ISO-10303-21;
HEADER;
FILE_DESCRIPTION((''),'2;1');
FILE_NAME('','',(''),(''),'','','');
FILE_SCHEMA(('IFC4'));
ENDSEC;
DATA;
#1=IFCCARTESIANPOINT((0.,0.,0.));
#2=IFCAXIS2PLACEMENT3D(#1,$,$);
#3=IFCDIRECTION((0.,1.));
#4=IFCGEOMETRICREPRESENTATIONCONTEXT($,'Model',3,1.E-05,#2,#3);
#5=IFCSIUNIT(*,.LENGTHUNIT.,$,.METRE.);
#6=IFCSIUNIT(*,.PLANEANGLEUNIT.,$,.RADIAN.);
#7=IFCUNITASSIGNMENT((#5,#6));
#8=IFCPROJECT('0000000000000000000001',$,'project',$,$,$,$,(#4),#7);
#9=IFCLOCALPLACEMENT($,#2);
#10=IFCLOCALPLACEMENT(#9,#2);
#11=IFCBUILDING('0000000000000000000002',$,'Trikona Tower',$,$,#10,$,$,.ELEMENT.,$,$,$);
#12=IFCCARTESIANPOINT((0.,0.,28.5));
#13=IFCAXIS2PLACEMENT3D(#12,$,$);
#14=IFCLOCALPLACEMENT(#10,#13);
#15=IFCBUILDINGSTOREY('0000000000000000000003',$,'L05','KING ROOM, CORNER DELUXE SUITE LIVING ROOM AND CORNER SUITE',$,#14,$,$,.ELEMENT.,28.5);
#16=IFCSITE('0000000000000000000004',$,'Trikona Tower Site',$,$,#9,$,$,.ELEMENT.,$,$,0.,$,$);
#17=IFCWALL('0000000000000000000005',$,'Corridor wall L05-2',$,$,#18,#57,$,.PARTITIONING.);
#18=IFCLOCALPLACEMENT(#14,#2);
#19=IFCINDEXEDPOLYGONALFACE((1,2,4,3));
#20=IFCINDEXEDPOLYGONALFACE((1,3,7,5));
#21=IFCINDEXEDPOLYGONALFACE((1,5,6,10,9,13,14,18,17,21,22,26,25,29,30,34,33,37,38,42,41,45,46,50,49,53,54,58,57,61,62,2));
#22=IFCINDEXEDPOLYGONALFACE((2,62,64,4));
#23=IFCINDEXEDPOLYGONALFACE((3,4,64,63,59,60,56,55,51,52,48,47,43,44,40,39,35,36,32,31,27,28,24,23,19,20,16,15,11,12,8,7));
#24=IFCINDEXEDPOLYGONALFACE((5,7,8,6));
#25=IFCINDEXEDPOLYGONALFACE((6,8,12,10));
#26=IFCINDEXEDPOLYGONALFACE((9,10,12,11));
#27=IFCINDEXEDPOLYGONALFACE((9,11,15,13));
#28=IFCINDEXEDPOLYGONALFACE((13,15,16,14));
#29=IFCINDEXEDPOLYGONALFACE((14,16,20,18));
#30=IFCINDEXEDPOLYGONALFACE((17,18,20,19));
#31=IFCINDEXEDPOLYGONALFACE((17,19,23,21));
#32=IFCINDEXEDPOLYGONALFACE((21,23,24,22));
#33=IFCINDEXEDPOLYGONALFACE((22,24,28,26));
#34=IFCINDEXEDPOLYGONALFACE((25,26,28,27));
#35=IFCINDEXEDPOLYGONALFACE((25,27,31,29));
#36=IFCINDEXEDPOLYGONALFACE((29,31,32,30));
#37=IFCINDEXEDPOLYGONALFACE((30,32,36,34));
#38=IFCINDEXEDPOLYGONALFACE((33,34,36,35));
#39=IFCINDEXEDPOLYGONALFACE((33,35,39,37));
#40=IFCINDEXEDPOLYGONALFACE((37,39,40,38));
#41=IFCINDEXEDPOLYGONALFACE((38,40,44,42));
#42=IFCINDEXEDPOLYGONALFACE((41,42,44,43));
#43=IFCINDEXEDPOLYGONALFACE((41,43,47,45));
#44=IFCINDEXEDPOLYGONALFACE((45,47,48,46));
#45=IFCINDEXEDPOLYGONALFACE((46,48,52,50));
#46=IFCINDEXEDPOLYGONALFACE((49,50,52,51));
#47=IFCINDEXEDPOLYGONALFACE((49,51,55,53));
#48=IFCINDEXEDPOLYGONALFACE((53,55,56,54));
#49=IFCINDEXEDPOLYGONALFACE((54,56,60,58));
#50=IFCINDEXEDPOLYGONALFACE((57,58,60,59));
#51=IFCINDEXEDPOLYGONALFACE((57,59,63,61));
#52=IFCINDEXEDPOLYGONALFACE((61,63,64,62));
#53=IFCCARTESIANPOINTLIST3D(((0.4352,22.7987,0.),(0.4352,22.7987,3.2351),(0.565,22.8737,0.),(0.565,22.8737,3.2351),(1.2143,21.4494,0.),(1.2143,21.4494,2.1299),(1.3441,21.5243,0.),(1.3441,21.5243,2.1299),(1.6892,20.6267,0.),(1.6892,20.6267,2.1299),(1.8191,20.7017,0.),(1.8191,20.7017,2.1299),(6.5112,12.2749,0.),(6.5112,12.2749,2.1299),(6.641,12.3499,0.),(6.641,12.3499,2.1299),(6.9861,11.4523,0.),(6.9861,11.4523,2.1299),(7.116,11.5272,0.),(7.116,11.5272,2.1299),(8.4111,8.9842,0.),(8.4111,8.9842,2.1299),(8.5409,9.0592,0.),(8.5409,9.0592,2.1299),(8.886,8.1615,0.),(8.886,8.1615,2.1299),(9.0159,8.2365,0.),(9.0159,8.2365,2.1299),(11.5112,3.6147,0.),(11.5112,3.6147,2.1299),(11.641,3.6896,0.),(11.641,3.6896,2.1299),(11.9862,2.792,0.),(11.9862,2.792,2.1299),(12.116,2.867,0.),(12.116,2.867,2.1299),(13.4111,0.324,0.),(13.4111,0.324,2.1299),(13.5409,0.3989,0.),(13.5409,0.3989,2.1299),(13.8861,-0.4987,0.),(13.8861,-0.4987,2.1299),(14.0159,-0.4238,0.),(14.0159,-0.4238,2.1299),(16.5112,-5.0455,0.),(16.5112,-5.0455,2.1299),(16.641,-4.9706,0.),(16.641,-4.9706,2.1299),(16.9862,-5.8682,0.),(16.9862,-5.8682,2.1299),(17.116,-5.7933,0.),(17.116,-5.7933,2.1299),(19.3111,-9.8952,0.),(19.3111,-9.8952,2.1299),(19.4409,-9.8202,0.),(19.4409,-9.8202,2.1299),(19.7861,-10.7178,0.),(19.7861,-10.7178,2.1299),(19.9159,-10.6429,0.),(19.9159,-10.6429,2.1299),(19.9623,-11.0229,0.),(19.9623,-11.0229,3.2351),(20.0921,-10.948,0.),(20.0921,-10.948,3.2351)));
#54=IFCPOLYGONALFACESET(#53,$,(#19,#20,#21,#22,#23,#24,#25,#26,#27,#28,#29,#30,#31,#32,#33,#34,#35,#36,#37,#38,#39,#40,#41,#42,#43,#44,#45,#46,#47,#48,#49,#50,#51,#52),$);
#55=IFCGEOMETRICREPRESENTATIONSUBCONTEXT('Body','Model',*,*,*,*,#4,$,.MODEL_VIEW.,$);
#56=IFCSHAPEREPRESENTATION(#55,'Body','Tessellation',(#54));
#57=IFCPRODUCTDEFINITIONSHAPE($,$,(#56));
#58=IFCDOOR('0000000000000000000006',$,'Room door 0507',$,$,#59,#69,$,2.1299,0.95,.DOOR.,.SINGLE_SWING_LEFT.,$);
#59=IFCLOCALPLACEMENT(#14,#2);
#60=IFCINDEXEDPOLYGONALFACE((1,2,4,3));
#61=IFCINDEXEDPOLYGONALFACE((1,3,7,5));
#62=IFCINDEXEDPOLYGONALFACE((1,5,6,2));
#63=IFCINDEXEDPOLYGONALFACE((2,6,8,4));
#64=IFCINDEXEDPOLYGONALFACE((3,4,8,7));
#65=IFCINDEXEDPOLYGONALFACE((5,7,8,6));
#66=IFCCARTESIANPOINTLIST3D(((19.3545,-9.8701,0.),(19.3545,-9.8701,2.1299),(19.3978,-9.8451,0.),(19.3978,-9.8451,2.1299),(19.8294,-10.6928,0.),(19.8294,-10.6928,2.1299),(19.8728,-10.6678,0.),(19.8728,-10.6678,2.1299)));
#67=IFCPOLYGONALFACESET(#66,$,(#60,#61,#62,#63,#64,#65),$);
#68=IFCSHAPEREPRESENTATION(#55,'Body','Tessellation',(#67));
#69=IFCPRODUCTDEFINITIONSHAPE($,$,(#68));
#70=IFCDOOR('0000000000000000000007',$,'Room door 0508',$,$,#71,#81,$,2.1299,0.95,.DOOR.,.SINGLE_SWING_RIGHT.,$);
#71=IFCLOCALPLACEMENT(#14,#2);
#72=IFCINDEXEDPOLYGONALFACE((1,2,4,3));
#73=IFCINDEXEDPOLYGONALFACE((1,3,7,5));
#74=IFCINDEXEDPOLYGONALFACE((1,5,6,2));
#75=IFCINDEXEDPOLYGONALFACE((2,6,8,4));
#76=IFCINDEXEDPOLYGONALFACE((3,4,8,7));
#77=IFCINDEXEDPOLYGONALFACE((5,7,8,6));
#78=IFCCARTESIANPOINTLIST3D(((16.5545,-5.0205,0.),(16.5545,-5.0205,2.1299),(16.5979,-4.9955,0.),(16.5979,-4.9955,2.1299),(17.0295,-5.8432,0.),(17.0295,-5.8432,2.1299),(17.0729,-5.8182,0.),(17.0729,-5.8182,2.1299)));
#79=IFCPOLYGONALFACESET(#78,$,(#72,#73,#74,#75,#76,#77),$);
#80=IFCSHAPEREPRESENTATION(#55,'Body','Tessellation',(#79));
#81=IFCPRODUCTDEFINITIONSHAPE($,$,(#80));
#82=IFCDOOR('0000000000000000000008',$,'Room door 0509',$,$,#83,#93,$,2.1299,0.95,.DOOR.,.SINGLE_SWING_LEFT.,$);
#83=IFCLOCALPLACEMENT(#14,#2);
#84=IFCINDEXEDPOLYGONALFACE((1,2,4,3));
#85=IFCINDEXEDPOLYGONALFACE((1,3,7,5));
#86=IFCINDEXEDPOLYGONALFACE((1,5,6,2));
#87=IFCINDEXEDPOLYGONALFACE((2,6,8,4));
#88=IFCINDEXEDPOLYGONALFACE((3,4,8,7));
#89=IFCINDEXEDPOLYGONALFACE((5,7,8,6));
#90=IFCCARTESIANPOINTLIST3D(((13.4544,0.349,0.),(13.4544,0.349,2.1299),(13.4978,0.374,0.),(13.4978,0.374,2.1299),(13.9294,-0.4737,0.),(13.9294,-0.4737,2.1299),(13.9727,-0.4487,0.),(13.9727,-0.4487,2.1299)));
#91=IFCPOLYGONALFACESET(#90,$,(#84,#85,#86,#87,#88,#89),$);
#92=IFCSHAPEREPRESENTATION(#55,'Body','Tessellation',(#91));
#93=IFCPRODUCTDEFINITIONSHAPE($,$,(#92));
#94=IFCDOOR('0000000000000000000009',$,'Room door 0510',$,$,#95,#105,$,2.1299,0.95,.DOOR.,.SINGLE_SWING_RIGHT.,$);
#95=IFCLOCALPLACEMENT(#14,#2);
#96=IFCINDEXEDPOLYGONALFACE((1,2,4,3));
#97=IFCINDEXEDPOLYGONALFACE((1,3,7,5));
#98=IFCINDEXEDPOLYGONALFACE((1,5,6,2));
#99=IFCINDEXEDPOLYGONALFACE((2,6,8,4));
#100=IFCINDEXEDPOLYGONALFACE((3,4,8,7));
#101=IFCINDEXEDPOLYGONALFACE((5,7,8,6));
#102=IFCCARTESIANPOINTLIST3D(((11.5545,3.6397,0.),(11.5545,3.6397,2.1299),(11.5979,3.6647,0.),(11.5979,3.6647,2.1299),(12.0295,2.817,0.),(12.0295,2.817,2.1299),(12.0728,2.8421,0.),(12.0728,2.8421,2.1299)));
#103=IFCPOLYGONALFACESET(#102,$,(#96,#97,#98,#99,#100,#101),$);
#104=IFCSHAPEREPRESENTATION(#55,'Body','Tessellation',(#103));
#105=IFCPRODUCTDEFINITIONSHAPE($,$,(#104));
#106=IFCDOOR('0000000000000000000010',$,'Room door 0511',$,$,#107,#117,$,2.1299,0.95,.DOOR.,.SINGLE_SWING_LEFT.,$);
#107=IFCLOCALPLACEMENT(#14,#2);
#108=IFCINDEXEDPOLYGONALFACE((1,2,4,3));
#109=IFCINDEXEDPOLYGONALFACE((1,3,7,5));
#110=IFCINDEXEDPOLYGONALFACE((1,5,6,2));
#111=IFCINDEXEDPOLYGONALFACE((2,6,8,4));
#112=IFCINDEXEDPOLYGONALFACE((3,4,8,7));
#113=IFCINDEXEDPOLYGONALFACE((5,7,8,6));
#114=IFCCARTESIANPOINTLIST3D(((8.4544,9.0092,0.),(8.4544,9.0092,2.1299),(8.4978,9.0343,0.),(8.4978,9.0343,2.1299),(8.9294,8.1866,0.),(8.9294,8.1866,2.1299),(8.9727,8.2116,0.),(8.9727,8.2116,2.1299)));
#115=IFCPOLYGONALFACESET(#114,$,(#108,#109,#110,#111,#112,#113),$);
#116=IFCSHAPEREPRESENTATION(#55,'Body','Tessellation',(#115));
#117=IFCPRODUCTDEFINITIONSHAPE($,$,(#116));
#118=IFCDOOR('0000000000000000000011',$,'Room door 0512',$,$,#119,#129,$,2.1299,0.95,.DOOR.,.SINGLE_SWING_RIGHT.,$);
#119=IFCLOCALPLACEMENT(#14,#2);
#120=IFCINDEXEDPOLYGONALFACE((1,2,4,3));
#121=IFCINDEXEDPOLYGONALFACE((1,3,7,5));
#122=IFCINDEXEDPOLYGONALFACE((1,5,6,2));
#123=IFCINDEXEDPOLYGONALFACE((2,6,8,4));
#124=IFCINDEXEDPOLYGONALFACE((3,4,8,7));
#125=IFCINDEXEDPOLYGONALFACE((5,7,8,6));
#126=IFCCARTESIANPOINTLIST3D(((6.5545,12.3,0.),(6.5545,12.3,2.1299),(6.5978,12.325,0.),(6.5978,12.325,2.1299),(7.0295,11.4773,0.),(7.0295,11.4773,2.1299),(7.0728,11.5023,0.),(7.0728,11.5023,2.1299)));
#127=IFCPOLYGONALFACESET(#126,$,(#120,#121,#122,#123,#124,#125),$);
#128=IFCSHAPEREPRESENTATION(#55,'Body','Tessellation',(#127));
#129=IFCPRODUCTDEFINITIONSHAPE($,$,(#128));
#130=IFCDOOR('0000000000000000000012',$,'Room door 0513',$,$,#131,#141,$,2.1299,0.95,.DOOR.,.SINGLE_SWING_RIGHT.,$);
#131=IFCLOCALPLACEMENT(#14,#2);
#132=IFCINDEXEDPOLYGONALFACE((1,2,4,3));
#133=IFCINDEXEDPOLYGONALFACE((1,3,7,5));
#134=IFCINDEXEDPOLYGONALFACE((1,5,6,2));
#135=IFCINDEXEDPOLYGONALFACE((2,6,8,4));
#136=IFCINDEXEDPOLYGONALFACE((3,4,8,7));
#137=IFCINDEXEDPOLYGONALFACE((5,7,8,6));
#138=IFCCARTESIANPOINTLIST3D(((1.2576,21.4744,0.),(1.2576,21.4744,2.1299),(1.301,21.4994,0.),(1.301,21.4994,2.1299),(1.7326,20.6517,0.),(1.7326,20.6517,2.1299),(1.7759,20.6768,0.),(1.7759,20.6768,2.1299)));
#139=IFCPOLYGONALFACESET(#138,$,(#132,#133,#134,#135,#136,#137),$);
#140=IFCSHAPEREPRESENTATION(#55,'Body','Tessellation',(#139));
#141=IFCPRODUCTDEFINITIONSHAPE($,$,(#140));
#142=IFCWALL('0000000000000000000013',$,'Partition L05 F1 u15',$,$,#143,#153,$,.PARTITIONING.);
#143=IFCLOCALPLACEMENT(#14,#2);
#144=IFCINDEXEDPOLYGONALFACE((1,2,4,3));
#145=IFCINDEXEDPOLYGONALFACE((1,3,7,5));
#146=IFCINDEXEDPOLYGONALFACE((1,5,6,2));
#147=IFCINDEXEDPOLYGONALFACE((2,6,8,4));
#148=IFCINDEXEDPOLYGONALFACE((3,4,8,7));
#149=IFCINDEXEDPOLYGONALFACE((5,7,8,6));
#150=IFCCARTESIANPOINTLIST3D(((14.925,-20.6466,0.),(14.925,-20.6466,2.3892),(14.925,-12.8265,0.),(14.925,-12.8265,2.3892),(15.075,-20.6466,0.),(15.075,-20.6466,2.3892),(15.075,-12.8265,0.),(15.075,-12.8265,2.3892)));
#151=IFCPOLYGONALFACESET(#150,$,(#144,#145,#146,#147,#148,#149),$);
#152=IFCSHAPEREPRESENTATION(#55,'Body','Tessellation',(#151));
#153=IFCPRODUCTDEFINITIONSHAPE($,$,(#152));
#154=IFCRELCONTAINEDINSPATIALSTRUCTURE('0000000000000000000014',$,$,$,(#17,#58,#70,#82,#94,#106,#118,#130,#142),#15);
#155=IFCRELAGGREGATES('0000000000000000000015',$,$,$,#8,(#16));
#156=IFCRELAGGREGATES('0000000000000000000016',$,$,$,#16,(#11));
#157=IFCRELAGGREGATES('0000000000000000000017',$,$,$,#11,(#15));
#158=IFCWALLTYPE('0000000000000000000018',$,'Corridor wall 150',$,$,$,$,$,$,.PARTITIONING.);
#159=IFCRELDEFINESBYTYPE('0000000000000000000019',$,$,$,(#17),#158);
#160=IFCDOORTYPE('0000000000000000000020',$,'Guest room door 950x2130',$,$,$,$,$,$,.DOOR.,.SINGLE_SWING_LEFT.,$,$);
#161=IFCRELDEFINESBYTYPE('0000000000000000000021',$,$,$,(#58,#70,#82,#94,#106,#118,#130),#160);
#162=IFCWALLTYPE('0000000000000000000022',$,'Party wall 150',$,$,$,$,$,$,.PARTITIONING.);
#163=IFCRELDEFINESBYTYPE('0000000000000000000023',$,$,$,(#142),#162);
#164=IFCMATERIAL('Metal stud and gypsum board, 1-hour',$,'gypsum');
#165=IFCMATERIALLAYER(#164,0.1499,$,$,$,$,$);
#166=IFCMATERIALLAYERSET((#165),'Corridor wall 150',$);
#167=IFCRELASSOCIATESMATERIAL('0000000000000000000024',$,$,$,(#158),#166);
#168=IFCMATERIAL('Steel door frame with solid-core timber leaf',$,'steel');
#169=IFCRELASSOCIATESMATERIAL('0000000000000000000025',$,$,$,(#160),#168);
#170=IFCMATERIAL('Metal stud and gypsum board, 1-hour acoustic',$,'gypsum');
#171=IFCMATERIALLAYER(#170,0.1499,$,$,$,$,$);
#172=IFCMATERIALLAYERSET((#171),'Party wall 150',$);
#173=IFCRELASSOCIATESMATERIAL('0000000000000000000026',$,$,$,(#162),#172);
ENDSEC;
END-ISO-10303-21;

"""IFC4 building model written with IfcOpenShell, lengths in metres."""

from ifc_helpers import new_model, si_unit, direction, frame, frame_2d, origin, place, context, subcontext, project, spatial, rectangle, extrude, material, layer, layer_set, type_object, element, fill, save


model = new_model("IFC4")

# Units and contexts
model_context = context("Model", 3, precision=1e-05, world=origin(), true_north=direction((0.0, 1.0)))
body_context = subcontext(model_context, "Body", "Model", "MODEL_VIEW")
ifc_project = project(units=[si_unit("LENGTHUNIT", "METRE"), si_unit("PLANEANGLEUNIT", "RADIAN")], contexts=[model_context])

# Site, building, storey
site_placement = place(None, origin())
site = spatial("IfcSite", under=ifc_project, at=site_placement, Name="Trikona Tower Site", CompositionType="ELEMENT", RefElevation=0.0)
building_placement = place(site_placement, origin())
building = spatial("IfcBuilding", under=site, at=building_placement, Name="Trikona Tower", CompositionType="ELEMENT")
storey_placement = place(building_placement, frame((0.0, 0.0, 28.5)))
storey = spatial("IfcBuildingStorey", under=building, at=storey_placement, Name="L05", Description="KING ROOM, CORNER DELUXE SUITE LIVING ROOM AND CORNER SUITE", CompositionType="ELEMENT", Elevation=28.5)

# Wall, openings, doors
ifc_material_1 = material(Name="Metal stud and gypsum board, 1-hour", Category="gypsum")
ifc_layer_1 = layer(ifc_material_1, 0.1499)
ifc_layer_set_1 = layer_set([ifc_layer_1], Name="Corridor wall 150")
wall_type_1 = type_object("IfcWallType", Name="Corridor wall 150", PredefinedType="PARTITIONING", material=ifc_layer_set_1)
wall_1_placement = place(storey_placement, frame((20.0271, -10.9854, 0.0), z_axis=(0.0, 0.0, 1.0), x_axis=(-0.500002, 0.866024, 0.0)))
wall_1 = element("IfcWall", 1, at=wall_1_placement, inside=storey, type_object=wall_type_1, Name="Corridor wall L05-2", PredefinedType="PARTITIONING", context=body_context, shape_type="SweptSolid", body=[
    extrude(rectangle(XDim=39.054, YDim=0.1499, at=frame_2d((19.5269, 0.0))), origin(), (0.0, 0.0, 1.0), 3.2351),
])
opening_1_placement = place(wall_1_placement, frame((0.3521, 0.0, 0.0)))
opening_1 = element("IfcOpeningElement", 2, at=opening_1_placement, cuts=wall_1, PredefinedType="OPENING", context=body_context, shape_type="SweptSolid", body=[
    extrude(rectangle(XDim=0.95, YDim=2.1299, at=frame_2d((0.4751, 1.0649))), frame((0.0, 0.085, 0.0), z_axis=(0.0, -1.0, 0.0), x_axis=(1.0, 0.0, 0.0)), (0.0, 0.0, 1.0), 0.1699),
])
opening_2_placement = place(wall_1_placement, frame((5.9519, 0.0, 0.0)))
opening_2 = element("IfcOpeningElement", 3, at=opening_2_placement, cuts=wall_1, PredefinedType="OPENING", context=body_context, shape_type="SweptSolid", body=[
    extrude(rectangle(XDim=0.95, YDim=2.1299, at=frame_2d((0.4751, 1.0649))), frame((0.0, 0.085, 0.0), z_axis=(0.0, -1.0, 0.0), x_axis=(1.0, 0.0, 0.0)), (0.0, 0.0, 1.0), 0.1699),
])
opening_3_placement = place(wall_1_placement, frame((12.1521, 0.0, 0.0)))
opening_3 = element("IfcOpeningElement", 4, at=opening_3_placement, cuts=wall_1, PredefinedType="OPENING", context=body_context, shape_type="SweptSolid", body=[
    extrude(rectangle(XDim=0.95, YDim=2.1299, at=frame_2d((0.4751, 1.0649))), frame((0.0, 0.085, 0.0), z_axis=(0.0, -1.0, 0.0), x_axis=(1.0, 0.0, 0.0)), (0.0, 0.0, 1.0), 0.1699),
])
opening_4_placement = place(wall_1_placement, frame((15.9519, 0.0, 0.0)))
opening_4 = element("IfcOpeningElement", 5, at=opening_4_placement, cuts=wall_1, PredefinedType="OPENING", context=body_context, shape_type="SweptSolid", body=[
    extrude(rectangle(XDim=0.95, YDim=2.1299, at=frame_2d((0.4751, 1.0649))), frame((0.0, 0.085, 0.0), z_axis=(0.0, -1.0, 0.0), x_axis=(1.0, 0.0, 0.0)), (0.0, 0.0, 1.0), 0.1699),
])
opening_5_placement = place(wall_1_placement, frame((22.1521, 0.0, 0.0)))
opening_5 = element("IfcOpeningElement", 6, at=opening_5_placement, cuts=wall_1, PredefinedType="OPENING", context=body_context, shape_type="SweptSolid", body=[
    extrude(rectangle(XDim=0.95, YDim=2.1299, at=frame_2d((0.4751, 1.0649))), frame((0.0, 0.085, 0.0), z_axis=(0.0, -1.0, 0.0), x_axis=(1.0, 0.0, 0.0)), (0.0, 0.0, 1.0), 0.1699),
])
opening_6_placement = place(wall_1_placement, frame((25.9519, 0.0, 0.0)))
opening_6 = element("IfcOpeningElement", 7, at=opening_6_placement, cuts=wall_1, PredefinedType="OPENING", context=body_context, shape_type="SweptSolid", body=[
    extrude(rectangle(XDim=0.95, YDim=2.1299, at=frame_2d((0.4751, 1.0649))), frame((0.0, 0.085, 0.0), z_axis=(0.0, -1.0, 0.0), x_axis=(1.0, 0.0, 0.0)), (0.0, 0.0, 1.0), 0.1699),
])
opening_7_placement = place(wall_1_placement, frame((36.5457, 0.0, 0.0)))
opening_7 = element("IfcOpeningElement", 8, at=opening_7_placement, cuts=wall_1, PredefinedType="OPENING", context=body_context, shape_type="SweptSolid", body=[
    extrude(rectangle(XDim=0.95, YDim=2.1299, at=frame_2d((0.4751, 1.0649))), frame((0.0, 0.085, 0.0), z_axis=(0.0, -1.0, 0.0), x_axis=(1.0, 0.0, 0.0)), (0.0, 0.0, 1.0), 0.1699),
])
ifc_material_2 = material(Name="Steel door frame with solid-core timber leaf", Category="steel")
door_type_1 = type_object("IfcDoorType", Name="Guest room door 950x2130", OperationType="SINGLE_SWING_LEFT", PredefinedType="DOOR", material=ifc_material_2)
door_1_placement = place(opening_1_placement, origin())
door_1 = element("IfcDoor", 9, at=door_1_placement, inside=storey, type_object=door_type_1, Name="Room door 0507", OperationType="SINGLE_SWING_LEFT", OverallHeight=2.1299, OverallWidth=0.95, PredefinedType="DOOR", context=body_context, shape_type="SweptSolid", body=[
    extrude(rectangle(XDim=0.95, YDim=2.1299, at=frame_2d((0.4751, 1.0649))), frame((0.0, 0.0249, 0.0), z_axis=(0.0, -1.0, 0.0), x_axis=(1.0, 0.0, 0.0)), (0.0, 0.0, 1.0), 0.05),
])
fill(opening_1, door_1)
door_2_placement = place(opening_2_placement, origin())
door_2 = element("IfcDoor", 10, at=door_2_placement, inside=storey, type_object=door_type_1, Name="Room door 0508", OperationType="SINGLE_SWING_RIGHT", OverallHeight=2.1299, OverallWidth=0.95, PredefinedType="DOOR", context=body_context, shape_type="SweptSolid", body=[
    extrude(rectangle(XDim=0.95, YDim=2.1299, at=frame_2d((0.4751, 1.0649))), frame((0.0, 0.0249, 0.0), z_axis=(0.0, -1.0, 0.0), x_axis=(1.0, 0.0, 0.0)), (0.0, 0.0, 1.0), 0.05),
])
fill(opening_2, door_2)
door_3_placement = place(opening_3_placement, origin())
door_3 = element("IfcDoor", 11, at=door_3_placement, inside=storey, type_object=door_type_1, Name="Room door 0509", OperationType="SINGLE_SWING_LEFT", OverallHeight=2.1299, OverallWidth=0.95, PredefinedType="DOOR", context=body_context, shape_type="SweptSolid", body=[
    extrude(rectangle(XDim=0.95, YDim=2.1299, at=frame_2d((0.4751, 1.0649))), frame((0.0, 0.0249, 0.0), z_axis=(0.0, -1.0, 0.0), x_axis=(1.0, 0.0, 0.0)), (0.0, 0.0, 1.0), 0.05),
])
fill(opening_3, door_3)
door_4_placement = place(opening_4_placement, origin())
door_4 = element("IfcDoor", 12, at=door_4_placement, inside=storey, type_object=door_type_1, Name="Room door 0510", OperationType="SINGLE_SWING_RIGHT", OverallHeight=2.1299, OverallWidth=0.95, PredefinedType="DOOR", context=body_context, shape_type="SweptSolid", body=[
    extrude(rectangle(XDim=0.95, YDim=2.1299, at=frame_2d((0.4751, 1.0649))), frame((0.0, 0.0249, 0.0), z_axis=(0.0, -1.0, 0.0), x_axis=(1.0, 0.0, 0.0)), (0.0, 0.0, 1.0), 0.05),
])
fill(opening_4, door_4)
door_5_placement = place(opening_5_placement, origin())
door_5 = element("IfcDoor", 13, at=door_5_placement, inside=storey, type_object=door_type_1, Name="Room door 0511", OperationType="SINGLE_SWING_LEFT", OverallHeight=2.1299, OverallWidth=0.95, PredefinedType="DOOR", context=body_context, shape_type="SweptSolid", body=[
    extrude(rectangle(XDim=0.95, YDim=2.1299, at=frame_2d((0.4751, 1.0649))), frame((0.0, 0.0249, 0.0), z_axis=(0.0, -1.0, 0.0), x_axis=(1.0, 0.0, 0.0)), (0.0, 0.0, 1.0), 0.05),
])
fill(opening_5, door_5)
door_6_placement = place(opening_6_placement, origin())
door_6 = element("IfcDoor", 14, at=door_6_placement, inside=storey, type_object=door_type_1, Name="Room door 0512", OperationType="SINGLE_SWING_RIGHT", OverallHeight=2.1299, OverallWidth=0.95, PredefinedType="DOOR", context=body_context, shape_type="SweptSolid", body=[
    extrude(rectangle(XDim=0.95, YDim=2.1299, at=frame_2d((0.4751, 1.0649))), frame((0.0, 0.0249, 0.0), z_axis=(0.0, -1.0, 0.0), x_axis=(1.0, 0.0, 0.0)), (0.0, 0.0, 1.0), 0.05),
])
fill(opening_6, door_6)
door_7_placement = place(opening_7_placement, origin())
door_7 = element("IfcDoor", 15, at=door_7_placement, inside=storey, type_object=door_type_1, Name="Room door 0513", OperationType="SINGLE_SWING_RIGHT", OverallHeight=2.1299, OverallWidth=0.95, PredefinedType="DOOR", context=body_context, shape_type="SweptSolid", body=[
    extrude(rectangle(XDim=0.95, YDim=2.1299, at=frame_2d((0.4751, 1.0649))), frame((0.0, 0.0249, 0.0), z_axis=(0.0, -1.0, 0.0), x_axis=(1.0, 0.0, 0.0)), (0.0, 0.0, 1.0), 0.05),
])
fill(opening_7, door_7)

# Wall
ifc_material_3 = material(Name="Metal stud and gypsum board, 1-hour acoustic", Category="gypsum")
ifc_layer_2 = layer(ifc_material_3, 0.1499)
ifc_layer_set_2 = layer_set([ifc_layer_2], Name="Party wall 150")
wall_type_2 = type_object("IfcWallType", Name="Party wall 150", PredefinedType="PARTITIONING", material=ifc_layer_set_2)
wall_2_placement = place(storey_placement, frame((15.0, -12.8264, 0.0), z_axis=(0.0, 0.0, 1.0), x_axis=(0.0, -1.0, 0.0)))
element("IfcWall", 16, at=wall_2_placement, inside=storey, type_object=wall_type_2, Name="Partition L05 F1 u15", PredefinedType="PARTITIONING", context=body_context, shape_type="SweptSolid", body=[
    extrude(rectangle(XDim=7.8201, YDim=0.1499, at=frame_2d((3.9102, 0.0))), origin(), (0.0, 0.0, 1.0), 2.3892),
])

save(model, "model.ifc")
